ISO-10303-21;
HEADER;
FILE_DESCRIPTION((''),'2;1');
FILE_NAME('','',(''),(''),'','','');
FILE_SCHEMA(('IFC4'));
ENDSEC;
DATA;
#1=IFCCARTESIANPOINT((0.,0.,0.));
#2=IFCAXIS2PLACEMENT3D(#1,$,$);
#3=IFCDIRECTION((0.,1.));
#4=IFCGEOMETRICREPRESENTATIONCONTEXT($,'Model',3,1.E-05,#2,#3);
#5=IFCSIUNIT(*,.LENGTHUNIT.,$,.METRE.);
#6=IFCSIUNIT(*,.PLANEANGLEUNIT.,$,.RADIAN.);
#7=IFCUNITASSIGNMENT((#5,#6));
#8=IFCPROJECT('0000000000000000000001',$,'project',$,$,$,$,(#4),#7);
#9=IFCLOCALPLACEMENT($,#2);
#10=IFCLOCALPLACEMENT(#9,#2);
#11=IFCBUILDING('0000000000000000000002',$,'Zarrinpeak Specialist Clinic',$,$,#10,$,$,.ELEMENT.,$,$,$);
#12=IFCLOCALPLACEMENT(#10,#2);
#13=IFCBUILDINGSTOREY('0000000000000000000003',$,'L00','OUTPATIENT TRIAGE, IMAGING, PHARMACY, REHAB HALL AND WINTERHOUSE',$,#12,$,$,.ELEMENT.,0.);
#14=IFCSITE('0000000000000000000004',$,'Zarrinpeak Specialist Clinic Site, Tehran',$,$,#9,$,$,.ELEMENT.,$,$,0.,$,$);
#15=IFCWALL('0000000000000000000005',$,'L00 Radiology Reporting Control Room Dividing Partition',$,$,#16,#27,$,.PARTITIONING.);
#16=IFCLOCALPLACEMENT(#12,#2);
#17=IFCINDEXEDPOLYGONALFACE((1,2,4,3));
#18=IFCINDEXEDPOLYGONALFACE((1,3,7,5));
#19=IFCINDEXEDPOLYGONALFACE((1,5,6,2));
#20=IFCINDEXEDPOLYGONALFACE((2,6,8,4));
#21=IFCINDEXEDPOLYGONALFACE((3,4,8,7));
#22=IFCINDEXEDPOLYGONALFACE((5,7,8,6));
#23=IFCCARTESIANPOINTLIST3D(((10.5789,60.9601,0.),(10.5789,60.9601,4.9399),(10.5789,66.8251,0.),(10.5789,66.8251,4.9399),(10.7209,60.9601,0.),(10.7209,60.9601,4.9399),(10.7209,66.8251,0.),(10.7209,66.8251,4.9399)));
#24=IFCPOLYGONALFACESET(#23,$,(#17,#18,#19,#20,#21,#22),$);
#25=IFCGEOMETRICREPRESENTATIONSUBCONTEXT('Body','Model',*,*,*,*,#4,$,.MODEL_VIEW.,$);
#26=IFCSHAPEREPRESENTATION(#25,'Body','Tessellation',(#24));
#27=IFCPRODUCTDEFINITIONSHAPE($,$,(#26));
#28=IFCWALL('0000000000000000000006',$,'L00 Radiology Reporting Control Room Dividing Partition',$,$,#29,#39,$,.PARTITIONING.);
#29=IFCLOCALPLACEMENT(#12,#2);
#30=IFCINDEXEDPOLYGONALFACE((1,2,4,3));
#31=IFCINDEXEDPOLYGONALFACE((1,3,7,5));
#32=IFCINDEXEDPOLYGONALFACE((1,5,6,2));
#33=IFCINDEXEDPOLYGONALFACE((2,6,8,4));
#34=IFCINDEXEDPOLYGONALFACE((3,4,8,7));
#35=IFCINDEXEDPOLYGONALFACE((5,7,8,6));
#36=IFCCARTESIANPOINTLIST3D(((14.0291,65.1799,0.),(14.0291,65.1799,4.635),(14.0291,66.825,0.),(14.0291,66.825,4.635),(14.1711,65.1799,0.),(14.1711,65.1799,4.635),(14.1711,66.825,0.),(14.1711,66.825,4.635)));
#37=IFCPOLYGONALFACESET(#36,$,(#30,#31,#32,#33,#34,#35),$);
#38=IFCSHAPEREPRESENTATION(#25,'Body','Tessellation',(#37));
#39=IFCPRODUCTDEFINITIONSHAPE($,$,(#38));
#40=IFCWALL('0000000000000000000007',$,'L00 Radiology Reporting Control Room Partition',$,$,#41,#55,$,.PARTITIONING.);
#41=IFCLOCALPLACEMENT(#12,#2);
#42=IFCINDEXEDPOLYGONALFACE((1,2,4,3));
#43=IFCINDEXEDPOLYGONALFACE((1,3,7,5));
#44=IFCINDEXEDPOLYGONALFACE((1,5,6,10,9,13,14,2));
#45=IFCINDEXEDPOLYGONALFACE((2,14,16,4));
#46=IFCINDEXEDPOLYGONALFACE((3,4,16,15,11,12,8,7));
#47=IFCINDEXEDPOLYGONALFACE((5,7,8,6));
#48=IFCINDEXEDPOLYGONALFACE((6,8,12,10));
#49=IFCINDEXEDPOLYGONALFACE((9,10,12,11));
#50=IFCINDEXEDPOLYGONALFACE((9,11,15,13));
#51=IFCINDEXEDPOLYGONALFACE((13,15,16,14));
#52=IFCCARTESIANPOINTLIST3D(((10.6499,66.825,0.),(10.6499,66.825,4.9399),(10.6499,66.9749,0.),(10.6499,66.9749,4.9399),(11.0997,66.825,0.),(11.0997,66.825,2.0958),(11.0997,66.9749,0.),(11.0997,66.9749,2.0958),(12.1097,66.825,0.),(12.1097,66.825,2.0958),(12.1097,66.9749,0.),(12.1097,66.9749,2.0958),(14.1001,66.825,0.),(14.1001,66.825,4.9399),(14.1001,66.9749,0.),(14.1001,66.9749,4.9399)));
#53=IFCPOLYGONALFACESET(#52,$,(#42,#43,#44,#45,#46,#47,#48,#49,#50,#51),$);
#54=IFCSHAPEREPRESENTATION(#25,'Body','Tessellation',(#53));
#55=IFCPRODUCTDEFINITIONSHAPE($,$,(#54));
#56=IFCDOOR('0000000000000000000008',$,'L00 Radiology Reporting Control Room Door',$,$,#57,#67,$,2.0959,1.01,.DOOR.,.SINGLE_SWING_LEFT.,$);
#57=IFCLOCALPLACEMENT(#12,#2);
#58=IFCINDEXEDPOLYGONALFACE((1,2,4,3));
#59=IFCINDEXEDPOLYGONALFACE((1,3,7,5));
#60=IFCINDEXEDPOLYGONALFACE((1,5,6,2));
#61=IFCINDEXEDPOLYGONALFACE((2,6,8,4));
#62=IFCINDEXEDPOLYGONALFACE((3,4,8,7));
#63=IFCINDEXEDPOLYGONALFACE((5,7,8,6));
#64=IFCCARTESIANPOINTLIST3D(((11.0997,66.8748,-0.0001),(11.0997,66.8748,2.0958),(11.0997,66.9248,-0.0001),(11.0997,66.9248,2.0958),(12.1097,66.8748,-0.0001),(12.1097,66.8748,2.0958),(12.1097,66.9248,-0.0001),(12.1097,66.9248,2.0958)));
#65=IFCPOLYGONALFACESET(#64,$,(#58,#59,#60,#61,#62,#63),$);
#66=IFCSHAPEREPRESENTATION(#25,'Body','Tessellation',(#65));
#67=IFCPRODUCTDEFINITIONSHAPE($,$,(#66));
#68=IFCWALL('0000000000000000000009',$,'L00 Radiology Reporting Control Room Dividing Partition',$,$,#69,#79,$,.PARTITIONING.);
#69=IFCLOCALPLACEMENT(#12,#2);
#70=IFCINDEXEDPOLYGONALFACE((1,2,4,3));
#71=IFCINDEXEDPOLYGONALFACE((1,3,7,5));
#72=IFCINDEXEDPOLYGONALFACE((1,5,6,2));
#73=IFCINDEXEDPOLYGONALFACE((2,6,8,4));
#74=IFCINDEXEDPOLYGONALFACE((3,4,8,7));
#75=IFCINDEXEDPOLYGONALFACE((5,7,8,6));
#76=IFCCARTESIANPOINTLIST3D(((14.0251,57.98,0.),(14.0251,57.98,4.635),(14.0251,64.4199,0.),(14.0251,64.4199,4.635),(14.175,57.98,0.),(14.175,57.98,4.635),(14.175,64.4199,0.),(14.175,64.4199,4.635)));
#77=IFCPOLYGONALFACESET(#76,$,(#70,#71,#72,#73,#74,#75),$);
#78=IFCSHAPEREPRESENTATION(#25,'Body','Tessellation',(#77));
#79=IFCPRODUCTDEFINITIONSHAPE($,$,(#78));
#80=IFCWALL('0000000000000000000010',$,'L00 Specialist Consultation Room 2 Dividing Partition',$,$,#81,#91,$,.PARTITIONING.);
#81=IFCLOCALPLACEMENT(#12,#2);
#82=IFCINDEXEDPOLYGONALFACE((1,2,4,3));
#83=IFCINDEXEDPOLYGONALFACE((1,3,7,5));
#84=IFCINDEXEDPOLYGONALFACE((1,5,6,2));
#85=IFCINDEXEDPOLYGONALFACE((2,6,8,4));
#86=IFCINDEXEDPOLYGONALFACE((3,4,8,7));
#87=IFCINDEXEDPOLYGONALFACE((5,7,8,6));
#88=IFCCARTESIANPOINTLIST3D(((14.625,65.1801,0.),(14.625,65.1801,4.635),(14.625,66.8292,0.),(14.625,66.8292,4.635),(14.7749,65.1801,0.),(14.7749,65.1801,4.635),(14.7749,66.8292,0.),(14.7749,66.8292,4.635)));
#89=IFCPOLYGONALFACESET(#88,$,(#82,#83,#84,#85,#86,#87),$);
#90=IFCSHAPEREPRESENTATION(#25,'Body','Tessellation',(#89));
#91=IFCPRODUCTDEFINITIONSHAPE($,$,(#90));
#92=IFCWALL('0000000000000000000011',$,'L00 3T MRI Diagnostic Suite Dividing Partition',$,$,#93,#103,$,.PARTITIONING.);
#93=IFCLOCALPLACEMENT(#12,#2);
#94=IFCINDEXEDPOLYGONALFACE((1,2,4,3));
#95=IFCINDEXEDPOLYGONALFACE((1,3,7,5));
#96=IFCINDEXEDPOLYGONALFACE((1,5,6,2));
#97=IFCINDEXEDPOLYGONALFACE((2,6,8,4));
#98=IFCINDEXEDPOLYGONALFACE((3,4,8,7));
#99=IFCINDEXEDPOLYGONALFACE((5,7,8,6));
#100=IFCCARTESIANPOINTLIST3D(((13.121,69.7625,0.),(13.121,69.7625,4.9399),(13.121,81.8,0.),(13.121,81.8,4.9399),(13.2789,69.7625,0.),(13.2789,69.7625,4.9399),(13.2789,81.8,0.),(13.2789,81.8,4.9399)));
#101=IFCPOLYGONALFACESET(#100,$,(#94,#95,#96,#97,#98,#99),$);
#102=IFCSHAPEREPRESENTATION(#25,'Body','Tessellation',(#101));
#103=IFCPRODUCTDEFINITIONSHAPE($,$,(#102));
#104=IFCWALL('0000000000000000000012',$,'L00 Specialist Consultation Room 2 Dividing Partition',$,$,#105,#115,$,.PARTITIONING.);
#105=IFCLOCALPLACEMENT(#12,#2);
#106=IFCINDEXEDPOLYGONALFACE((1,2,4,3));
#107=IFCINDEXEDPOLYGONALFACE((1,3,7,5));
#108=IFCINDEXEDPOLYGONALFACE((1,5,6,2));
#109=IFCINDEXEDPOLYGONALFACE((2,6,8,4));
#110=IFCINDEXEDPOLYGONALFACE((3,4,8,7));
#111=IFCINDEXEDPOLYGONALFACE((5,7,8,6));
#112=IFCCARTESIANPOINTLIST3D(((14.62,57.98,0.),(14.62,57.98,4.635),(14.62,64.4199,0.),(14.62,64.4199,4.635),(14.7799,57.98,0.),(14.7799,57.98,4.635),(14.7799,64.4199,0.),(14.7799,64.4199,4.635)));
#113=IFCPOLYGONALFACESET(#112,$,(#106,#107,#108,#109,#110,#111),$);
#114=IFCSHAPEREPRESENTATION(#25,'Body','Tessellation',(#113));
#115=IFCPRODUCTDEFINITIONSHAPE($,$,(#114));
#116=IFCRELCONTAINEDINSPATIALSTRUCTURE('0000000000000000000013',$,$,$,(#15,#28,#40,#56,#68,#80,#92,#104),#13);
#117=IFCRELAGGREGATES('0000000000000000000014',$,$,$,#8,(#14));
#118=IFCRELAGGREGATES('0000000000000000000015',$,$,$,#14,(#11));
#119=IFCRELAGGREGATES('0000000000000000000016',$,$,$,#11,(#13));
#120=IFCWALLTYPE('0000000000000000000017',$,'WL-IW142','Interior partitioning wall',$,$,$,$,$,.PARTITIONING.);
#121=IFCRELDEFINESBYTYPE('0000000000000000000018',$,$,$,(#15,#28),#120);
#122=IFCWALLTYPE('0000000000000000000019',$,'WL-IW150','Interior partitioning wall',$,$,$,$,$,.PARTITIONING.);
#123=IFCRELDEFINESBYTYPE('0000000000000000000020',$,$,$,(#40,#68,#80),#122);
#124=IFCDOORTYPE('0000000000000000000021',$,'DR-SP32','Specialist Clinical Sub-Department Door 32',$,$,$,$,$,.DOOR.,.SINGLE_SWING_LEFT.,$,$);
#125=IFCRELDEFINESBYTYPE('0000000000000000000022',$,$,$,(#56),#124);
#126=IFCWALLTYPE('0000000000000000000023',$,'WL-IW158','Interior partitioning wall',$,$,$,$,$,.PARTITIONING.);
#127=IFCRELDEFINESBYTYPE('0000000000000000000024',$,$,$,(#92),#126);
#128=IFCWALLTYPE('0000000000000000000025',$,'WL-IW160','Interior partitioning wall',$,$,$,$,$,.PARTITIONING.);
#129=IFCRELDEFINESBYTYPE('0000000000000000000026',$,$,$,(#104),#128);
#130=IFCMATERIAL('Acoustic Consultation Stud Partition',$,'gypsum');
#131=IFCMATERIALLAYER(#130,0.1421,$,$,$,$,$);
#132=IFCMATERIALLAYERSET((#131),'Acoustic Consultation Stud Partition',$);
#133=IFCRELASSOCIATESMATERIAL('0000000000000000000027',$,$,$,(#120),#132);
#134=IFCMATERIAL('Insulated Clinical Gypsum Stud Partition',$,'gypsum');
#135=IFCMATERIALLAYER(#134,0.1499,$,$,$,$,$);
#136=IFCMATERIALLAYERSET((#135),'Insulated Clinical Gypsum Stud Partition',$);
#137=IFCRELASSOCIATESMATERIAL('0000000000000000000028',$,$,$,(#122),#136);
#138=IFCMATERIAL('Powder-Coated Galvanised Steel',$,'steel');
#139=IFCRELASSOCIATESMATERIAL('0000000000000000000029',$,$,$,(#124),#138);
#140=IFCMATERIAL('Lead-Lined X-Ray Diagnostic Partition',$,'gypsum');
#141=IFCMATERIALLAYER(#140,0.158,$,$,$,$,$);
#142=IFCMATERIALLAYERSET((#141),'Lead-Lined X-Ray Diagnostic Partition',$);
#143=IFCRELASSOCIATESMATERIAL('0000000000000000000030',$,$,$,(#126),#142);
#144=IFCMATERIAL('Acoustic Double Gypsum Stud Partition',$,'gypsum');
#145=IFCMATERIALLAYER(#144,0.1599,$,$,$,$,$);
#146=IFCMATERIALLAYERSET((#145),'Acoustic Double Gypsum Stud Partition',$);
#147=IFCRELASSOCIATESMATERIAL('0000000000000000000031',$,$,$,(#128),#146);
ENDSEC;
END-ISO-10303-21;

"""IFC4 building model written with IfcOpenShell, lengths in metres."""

from ifc_helpers import new_model, si_unit, direction, frame, frame_2d, origin, place, context, subcontext, project, spatial, rectangle, extrude, material, layer, layer_set, type_object, element, fill, save


model = new_model("IFC4")

# Units and contexts
model_context = context("Model", 3, precision=1e-05, world=origin(), true_north=direction((0.0, 1.0)))
body_context = subcontext(model_context, "Body", "Model", "MODEL_VIEW")
ifc_project = project(units=[si_unit("LENGTHUNIT", "METRE"), si_unit("PLANEANGLEUNIT", "RADIAN")], contexts=[model_context])

# Site, building, storey
site_placement = place(None, origin())
site = spatial("IfcSite", under=ifc_project, at=site_placement, Name="Zarrinpeak Specialist Clinic Site, Tehran", CompositionType="ELEMENT", RefElevation=0.0)
building_placement = place(site_placement, origin())
building = spatial("IfcBuilding", under=site, at=building_placement, Name="Zarrinpeak Specialist Clinic", CompositionType="ELEMENT")
storey_placement = place(building_placement, origin())
storey = spatial("IfcBuildingStorey", under=building, at=storey_placement, Name="L00", Description="OUTPATIENT TRIAGE, IMAGING, PHARMACY, REHAB HALL AND WINTERHOUSE", CompositionType="ELEMENT", Elevation=0.0)

# Shared definitions
ifc_material_1 = material(Name="Acoustic Consultation Stud Partition", Category="gypsum")
ifc_layer_1 = layer(ifc_material_1, 0.1421)
ifc_layer_set_1 = layer_set([ifc_layer_1], Name="Acoustic Consultation Stud Partition")
wall_type_1 = type_object("IfcWallType", Name="WL-IW142", Description="Interior partitioning wall", PredefinedType="PARTITIONING", material=ifc_layer_set_1)
ifc_material_2 = material(Name="Powder-Coated Galvanised Steel", Category="steel")

# Walls
wall_1_placement = place(storey_placement, frame((10.6499, 60.96, 0.0), z_axis=(0.0, 0.0, 1.0), x_axis=(0.0, 1.0, 0.0)))
element("IfcWall", 1, at=wall_1_placement, inside=storey, type_object=wall_type_1, Name="L00 Radiology Reporting Control Room Dividing Partition", PredefinedType="PARTITIONING", context=body_context, shape_type="SweptSolid", body=[
    extrude(rectangle(XDim=5.865, YDim=0.1421, at=frame_2d((2.9326, 0.0))), origin(), (0.0, 0.0, 1.0), 4.9399),
])
wall_2_placement = place(storey_placement, frame((14.1001, 65.1799, 0.0), z_axis=(0.0, 0.0, 1.0), x_axis=(0.0, 1.0, 0.0)))
element("IfcWall", 2, at=wall_2_placement, inside=storey, type_object=wall_type_1, Name="L00 Radiology Reporting Control Room Dividing Partition", PredefinedType="PARTITIONING", context=body_context, shape_type="SweptSolid", body=[
    extrude(rectangle(XDim=1.645, YDim=0.1421, at=frame_2d((0.8225, 0.0))), origin(), (0.0, 0.0, 1.0), 4.635),
])

# Wall, opening, door
ifc_material_3 = material(Name="Insulated Clinical Gypsum Stud Partition", Category="gypsum")
ifc_layer_2 = layer(ifc_material_3, 0.1499)
ifc_layer_set_2 = layer_set([ifc_layer_2], Name="Insulated Clinical Gypsum Stud Partition")
wall_type_2 = type_object("IfcWallType", Name="WL-IW150", Description="Interior partitioning wall", PredefinedType="PARTITIONING", material=ifc_layer_set_2)
wall_3_placement = place(storey_placement, frame((10.6499, 66.8999, 0.0), z_axis=(0.0, 0.0, 1.0), x_axis=(1.0, 0.0, 0.0)))
wall_3 = element("IfcWall", 3, at=wall_3_placement, inside=storey, type_object=wall_type_2, Name="L00 Radiology Reporting Control Room Partition", PredefinedType="PARTITIONING", context=body_context, shape_type="SweptSolid", body=[
    extrude(rectangle(XDim=3.4502, YDim=0.1499, at=frame_2d((1.7251, 0.0))), origin(), (0.0, 0.0, 1.0), 4.9399),
])
opening_1_placement = place(wall_3_placement, frame((0.45, 0.0, 0.0)))
opening_1 = element("IfcOpeningElement", 4, at=opening_1_placement, cuts=wall_3, PredefinedType="OPENING", context=body_context, shape_type="SweptSolid", body=[
    extrude(rectangle(XDim=1.01, YDim=2.0959, at=frame_2d((0.5049, 1.0479))), frame((0.0, 0.085, 0.0), z_axis=(0.0, -1.0, 0.0), x_axis=(1.0, 0.0, 0.0)), (0.0, 0.0, 1.0), 0.1699),
])
door_type_1 = type_object("IfcDoorType", Name="DR-SP32", Description="Specialist Clinical Sub-Department Door 32", OperationType="SINGLE_SWING_LEFT", PredefinedType="DOOR", material=ifc_material_2)
door_1_placement = place(opening_1_placement, origin())
door_1 = element("IfcDoor", 5, at=door_1_placement, inside=storey, type_object=door_type_1, Name="L00 Radiology Reporting Control Room Door", OperationType="SINGLE_SWING_LEFT", OverallHeight=2.0959, OverallWidth=1.01, PredefinedType="DOOR", context=body_context, shape_type="SweptSolid", body=[
    extrude(rectangle(XDim=1.01, YDim=2.0959, at=frame_2d((0.5049, 1.0479))), frame((0.0, 0.0249, 0.0), z_axis=(0.0, -1.0, 0.0), x_axis=(1.0, 0.0, 0.0)), (0.0, 0.0, 1.0), 0.05),
])
fill(opening_1, door_1)

# Walls
wall_4_placement = place(storey_placement, frame((14.1001, 57.98, 0.0), z_axis=(0.0, 0.0, 1.0), x_axis=(0.0, 1.0, 0.0)))
element("IfcWall", 6, at=wall_4_placement, inside=storey, type_object=wall_type_2, Name="L00 Radiology Reporting Control Room Dividing Partition", PredefinedType="PARTITIONING", context=body_context, shape_type="SweptSolid", body=[
    extrude(rectangle(XDim=6.4399, YDim=0.1499, at=frame_2d((3.22, 0.0))), origin(), (0.0, 0.0, 1.0), 4.635),
])
wall_5_placement = place(storey_placement, frame((14.7, 65.1799, 0.0), z_axis=(0.0, 0.0, 1.0), x_axis=(0.0, 1.0, 0.0)))
element("IfcWall", 7, at=wall_5_placement, inside=storey, type_object=wall_type_2, Name="L00 Specialist Consultation Room 2 Dividing Partition", PredefinedType="PARTITIONING", context=body_context, shape_type="SweptSolid", body=[
    extrude(rectangle(XDim=1.6492, YDim=0.1499, at=frame_2d((0.8247, 0.0))), origin(), (0.0, 0.0, 1.0), 4.635),
])
ifc_material_4 = material(Name="Lead-Lined X-Ray Diagnostic Partition", Category="gypsum")
ifc_layer_3 = layer(ifc_material_4, 0.158)
ifc_layer_set_3 = layer_set([ifc_layer_3], Name="Lead-Lined X-Ray Diagnostic Partition")
wall_type_3 = type_object("IfcWallType", Name="WL-IW158", Description="Interior partitioning wall", PredefinedType="PARTITIONING", material=ifc_layer_set_3)
wall_6_placement = place(storey_placement, frame((13.2, 69.7625, 0.0), z_axis=(0.0, 0.0, 1.0), x_axis=(0.0, 1.0, 0.0)))
element("IfcWall", 8, at=wall_6_placement, inside=storey, type_object=wall_type_3, Name="L00 3T MRI Diagnostic Suite Dividing Partition", PredefinedType="PARTITIONING", context=body_context, shape_type="SweptSolid", body=[
    extrude(rectangle(XDim=12.0376, YDim=0.158, at=frame_2d((6.0188, 0.0))), origin(), (0.0, 0.0, 1.0), 4.9399),
])
ifc_material_5 = material(Name="Acoustic Double Gypsum Stud Partition", Category="gypsum")
ifc_layer_4 = layer(ifc_material_5, 0.1599)
ifc_layer_set_4 = layer_set([ifc_layer_4], Name="Acoustic Double Gypsum Stud Partition")
wall_type_4 = type_object("IfcWallType", Name="WL-IW160", Description="Interior partitioning wall", PredefinedType="PARTITIONING", material=ifc_layer_set_4)
wall_7_placement = place(storey_placement, frame((14.7, 57.98, 0.0), z_axis=(0.0, 0.0, 1.0), x_axis=(0.0, 1.0, 0.0)))
element("IfcWall", 9, at=wall_7_placement, inside=storey, type_object=wall_type_4, Name="L00 Specialist Consultation Room 2 Dividing Partition", PredefinedType="PARTITIONING", context=body_context, shape_type="SweptSolid", body=[
    extrude(rectangle(XDim=6.4399, YDim=0.1599, at=frame_2d((3.22, 0.0))), origin(), (0.0, 0.0, 1.0), 4.635),
])

save(model, "model.ifc")
